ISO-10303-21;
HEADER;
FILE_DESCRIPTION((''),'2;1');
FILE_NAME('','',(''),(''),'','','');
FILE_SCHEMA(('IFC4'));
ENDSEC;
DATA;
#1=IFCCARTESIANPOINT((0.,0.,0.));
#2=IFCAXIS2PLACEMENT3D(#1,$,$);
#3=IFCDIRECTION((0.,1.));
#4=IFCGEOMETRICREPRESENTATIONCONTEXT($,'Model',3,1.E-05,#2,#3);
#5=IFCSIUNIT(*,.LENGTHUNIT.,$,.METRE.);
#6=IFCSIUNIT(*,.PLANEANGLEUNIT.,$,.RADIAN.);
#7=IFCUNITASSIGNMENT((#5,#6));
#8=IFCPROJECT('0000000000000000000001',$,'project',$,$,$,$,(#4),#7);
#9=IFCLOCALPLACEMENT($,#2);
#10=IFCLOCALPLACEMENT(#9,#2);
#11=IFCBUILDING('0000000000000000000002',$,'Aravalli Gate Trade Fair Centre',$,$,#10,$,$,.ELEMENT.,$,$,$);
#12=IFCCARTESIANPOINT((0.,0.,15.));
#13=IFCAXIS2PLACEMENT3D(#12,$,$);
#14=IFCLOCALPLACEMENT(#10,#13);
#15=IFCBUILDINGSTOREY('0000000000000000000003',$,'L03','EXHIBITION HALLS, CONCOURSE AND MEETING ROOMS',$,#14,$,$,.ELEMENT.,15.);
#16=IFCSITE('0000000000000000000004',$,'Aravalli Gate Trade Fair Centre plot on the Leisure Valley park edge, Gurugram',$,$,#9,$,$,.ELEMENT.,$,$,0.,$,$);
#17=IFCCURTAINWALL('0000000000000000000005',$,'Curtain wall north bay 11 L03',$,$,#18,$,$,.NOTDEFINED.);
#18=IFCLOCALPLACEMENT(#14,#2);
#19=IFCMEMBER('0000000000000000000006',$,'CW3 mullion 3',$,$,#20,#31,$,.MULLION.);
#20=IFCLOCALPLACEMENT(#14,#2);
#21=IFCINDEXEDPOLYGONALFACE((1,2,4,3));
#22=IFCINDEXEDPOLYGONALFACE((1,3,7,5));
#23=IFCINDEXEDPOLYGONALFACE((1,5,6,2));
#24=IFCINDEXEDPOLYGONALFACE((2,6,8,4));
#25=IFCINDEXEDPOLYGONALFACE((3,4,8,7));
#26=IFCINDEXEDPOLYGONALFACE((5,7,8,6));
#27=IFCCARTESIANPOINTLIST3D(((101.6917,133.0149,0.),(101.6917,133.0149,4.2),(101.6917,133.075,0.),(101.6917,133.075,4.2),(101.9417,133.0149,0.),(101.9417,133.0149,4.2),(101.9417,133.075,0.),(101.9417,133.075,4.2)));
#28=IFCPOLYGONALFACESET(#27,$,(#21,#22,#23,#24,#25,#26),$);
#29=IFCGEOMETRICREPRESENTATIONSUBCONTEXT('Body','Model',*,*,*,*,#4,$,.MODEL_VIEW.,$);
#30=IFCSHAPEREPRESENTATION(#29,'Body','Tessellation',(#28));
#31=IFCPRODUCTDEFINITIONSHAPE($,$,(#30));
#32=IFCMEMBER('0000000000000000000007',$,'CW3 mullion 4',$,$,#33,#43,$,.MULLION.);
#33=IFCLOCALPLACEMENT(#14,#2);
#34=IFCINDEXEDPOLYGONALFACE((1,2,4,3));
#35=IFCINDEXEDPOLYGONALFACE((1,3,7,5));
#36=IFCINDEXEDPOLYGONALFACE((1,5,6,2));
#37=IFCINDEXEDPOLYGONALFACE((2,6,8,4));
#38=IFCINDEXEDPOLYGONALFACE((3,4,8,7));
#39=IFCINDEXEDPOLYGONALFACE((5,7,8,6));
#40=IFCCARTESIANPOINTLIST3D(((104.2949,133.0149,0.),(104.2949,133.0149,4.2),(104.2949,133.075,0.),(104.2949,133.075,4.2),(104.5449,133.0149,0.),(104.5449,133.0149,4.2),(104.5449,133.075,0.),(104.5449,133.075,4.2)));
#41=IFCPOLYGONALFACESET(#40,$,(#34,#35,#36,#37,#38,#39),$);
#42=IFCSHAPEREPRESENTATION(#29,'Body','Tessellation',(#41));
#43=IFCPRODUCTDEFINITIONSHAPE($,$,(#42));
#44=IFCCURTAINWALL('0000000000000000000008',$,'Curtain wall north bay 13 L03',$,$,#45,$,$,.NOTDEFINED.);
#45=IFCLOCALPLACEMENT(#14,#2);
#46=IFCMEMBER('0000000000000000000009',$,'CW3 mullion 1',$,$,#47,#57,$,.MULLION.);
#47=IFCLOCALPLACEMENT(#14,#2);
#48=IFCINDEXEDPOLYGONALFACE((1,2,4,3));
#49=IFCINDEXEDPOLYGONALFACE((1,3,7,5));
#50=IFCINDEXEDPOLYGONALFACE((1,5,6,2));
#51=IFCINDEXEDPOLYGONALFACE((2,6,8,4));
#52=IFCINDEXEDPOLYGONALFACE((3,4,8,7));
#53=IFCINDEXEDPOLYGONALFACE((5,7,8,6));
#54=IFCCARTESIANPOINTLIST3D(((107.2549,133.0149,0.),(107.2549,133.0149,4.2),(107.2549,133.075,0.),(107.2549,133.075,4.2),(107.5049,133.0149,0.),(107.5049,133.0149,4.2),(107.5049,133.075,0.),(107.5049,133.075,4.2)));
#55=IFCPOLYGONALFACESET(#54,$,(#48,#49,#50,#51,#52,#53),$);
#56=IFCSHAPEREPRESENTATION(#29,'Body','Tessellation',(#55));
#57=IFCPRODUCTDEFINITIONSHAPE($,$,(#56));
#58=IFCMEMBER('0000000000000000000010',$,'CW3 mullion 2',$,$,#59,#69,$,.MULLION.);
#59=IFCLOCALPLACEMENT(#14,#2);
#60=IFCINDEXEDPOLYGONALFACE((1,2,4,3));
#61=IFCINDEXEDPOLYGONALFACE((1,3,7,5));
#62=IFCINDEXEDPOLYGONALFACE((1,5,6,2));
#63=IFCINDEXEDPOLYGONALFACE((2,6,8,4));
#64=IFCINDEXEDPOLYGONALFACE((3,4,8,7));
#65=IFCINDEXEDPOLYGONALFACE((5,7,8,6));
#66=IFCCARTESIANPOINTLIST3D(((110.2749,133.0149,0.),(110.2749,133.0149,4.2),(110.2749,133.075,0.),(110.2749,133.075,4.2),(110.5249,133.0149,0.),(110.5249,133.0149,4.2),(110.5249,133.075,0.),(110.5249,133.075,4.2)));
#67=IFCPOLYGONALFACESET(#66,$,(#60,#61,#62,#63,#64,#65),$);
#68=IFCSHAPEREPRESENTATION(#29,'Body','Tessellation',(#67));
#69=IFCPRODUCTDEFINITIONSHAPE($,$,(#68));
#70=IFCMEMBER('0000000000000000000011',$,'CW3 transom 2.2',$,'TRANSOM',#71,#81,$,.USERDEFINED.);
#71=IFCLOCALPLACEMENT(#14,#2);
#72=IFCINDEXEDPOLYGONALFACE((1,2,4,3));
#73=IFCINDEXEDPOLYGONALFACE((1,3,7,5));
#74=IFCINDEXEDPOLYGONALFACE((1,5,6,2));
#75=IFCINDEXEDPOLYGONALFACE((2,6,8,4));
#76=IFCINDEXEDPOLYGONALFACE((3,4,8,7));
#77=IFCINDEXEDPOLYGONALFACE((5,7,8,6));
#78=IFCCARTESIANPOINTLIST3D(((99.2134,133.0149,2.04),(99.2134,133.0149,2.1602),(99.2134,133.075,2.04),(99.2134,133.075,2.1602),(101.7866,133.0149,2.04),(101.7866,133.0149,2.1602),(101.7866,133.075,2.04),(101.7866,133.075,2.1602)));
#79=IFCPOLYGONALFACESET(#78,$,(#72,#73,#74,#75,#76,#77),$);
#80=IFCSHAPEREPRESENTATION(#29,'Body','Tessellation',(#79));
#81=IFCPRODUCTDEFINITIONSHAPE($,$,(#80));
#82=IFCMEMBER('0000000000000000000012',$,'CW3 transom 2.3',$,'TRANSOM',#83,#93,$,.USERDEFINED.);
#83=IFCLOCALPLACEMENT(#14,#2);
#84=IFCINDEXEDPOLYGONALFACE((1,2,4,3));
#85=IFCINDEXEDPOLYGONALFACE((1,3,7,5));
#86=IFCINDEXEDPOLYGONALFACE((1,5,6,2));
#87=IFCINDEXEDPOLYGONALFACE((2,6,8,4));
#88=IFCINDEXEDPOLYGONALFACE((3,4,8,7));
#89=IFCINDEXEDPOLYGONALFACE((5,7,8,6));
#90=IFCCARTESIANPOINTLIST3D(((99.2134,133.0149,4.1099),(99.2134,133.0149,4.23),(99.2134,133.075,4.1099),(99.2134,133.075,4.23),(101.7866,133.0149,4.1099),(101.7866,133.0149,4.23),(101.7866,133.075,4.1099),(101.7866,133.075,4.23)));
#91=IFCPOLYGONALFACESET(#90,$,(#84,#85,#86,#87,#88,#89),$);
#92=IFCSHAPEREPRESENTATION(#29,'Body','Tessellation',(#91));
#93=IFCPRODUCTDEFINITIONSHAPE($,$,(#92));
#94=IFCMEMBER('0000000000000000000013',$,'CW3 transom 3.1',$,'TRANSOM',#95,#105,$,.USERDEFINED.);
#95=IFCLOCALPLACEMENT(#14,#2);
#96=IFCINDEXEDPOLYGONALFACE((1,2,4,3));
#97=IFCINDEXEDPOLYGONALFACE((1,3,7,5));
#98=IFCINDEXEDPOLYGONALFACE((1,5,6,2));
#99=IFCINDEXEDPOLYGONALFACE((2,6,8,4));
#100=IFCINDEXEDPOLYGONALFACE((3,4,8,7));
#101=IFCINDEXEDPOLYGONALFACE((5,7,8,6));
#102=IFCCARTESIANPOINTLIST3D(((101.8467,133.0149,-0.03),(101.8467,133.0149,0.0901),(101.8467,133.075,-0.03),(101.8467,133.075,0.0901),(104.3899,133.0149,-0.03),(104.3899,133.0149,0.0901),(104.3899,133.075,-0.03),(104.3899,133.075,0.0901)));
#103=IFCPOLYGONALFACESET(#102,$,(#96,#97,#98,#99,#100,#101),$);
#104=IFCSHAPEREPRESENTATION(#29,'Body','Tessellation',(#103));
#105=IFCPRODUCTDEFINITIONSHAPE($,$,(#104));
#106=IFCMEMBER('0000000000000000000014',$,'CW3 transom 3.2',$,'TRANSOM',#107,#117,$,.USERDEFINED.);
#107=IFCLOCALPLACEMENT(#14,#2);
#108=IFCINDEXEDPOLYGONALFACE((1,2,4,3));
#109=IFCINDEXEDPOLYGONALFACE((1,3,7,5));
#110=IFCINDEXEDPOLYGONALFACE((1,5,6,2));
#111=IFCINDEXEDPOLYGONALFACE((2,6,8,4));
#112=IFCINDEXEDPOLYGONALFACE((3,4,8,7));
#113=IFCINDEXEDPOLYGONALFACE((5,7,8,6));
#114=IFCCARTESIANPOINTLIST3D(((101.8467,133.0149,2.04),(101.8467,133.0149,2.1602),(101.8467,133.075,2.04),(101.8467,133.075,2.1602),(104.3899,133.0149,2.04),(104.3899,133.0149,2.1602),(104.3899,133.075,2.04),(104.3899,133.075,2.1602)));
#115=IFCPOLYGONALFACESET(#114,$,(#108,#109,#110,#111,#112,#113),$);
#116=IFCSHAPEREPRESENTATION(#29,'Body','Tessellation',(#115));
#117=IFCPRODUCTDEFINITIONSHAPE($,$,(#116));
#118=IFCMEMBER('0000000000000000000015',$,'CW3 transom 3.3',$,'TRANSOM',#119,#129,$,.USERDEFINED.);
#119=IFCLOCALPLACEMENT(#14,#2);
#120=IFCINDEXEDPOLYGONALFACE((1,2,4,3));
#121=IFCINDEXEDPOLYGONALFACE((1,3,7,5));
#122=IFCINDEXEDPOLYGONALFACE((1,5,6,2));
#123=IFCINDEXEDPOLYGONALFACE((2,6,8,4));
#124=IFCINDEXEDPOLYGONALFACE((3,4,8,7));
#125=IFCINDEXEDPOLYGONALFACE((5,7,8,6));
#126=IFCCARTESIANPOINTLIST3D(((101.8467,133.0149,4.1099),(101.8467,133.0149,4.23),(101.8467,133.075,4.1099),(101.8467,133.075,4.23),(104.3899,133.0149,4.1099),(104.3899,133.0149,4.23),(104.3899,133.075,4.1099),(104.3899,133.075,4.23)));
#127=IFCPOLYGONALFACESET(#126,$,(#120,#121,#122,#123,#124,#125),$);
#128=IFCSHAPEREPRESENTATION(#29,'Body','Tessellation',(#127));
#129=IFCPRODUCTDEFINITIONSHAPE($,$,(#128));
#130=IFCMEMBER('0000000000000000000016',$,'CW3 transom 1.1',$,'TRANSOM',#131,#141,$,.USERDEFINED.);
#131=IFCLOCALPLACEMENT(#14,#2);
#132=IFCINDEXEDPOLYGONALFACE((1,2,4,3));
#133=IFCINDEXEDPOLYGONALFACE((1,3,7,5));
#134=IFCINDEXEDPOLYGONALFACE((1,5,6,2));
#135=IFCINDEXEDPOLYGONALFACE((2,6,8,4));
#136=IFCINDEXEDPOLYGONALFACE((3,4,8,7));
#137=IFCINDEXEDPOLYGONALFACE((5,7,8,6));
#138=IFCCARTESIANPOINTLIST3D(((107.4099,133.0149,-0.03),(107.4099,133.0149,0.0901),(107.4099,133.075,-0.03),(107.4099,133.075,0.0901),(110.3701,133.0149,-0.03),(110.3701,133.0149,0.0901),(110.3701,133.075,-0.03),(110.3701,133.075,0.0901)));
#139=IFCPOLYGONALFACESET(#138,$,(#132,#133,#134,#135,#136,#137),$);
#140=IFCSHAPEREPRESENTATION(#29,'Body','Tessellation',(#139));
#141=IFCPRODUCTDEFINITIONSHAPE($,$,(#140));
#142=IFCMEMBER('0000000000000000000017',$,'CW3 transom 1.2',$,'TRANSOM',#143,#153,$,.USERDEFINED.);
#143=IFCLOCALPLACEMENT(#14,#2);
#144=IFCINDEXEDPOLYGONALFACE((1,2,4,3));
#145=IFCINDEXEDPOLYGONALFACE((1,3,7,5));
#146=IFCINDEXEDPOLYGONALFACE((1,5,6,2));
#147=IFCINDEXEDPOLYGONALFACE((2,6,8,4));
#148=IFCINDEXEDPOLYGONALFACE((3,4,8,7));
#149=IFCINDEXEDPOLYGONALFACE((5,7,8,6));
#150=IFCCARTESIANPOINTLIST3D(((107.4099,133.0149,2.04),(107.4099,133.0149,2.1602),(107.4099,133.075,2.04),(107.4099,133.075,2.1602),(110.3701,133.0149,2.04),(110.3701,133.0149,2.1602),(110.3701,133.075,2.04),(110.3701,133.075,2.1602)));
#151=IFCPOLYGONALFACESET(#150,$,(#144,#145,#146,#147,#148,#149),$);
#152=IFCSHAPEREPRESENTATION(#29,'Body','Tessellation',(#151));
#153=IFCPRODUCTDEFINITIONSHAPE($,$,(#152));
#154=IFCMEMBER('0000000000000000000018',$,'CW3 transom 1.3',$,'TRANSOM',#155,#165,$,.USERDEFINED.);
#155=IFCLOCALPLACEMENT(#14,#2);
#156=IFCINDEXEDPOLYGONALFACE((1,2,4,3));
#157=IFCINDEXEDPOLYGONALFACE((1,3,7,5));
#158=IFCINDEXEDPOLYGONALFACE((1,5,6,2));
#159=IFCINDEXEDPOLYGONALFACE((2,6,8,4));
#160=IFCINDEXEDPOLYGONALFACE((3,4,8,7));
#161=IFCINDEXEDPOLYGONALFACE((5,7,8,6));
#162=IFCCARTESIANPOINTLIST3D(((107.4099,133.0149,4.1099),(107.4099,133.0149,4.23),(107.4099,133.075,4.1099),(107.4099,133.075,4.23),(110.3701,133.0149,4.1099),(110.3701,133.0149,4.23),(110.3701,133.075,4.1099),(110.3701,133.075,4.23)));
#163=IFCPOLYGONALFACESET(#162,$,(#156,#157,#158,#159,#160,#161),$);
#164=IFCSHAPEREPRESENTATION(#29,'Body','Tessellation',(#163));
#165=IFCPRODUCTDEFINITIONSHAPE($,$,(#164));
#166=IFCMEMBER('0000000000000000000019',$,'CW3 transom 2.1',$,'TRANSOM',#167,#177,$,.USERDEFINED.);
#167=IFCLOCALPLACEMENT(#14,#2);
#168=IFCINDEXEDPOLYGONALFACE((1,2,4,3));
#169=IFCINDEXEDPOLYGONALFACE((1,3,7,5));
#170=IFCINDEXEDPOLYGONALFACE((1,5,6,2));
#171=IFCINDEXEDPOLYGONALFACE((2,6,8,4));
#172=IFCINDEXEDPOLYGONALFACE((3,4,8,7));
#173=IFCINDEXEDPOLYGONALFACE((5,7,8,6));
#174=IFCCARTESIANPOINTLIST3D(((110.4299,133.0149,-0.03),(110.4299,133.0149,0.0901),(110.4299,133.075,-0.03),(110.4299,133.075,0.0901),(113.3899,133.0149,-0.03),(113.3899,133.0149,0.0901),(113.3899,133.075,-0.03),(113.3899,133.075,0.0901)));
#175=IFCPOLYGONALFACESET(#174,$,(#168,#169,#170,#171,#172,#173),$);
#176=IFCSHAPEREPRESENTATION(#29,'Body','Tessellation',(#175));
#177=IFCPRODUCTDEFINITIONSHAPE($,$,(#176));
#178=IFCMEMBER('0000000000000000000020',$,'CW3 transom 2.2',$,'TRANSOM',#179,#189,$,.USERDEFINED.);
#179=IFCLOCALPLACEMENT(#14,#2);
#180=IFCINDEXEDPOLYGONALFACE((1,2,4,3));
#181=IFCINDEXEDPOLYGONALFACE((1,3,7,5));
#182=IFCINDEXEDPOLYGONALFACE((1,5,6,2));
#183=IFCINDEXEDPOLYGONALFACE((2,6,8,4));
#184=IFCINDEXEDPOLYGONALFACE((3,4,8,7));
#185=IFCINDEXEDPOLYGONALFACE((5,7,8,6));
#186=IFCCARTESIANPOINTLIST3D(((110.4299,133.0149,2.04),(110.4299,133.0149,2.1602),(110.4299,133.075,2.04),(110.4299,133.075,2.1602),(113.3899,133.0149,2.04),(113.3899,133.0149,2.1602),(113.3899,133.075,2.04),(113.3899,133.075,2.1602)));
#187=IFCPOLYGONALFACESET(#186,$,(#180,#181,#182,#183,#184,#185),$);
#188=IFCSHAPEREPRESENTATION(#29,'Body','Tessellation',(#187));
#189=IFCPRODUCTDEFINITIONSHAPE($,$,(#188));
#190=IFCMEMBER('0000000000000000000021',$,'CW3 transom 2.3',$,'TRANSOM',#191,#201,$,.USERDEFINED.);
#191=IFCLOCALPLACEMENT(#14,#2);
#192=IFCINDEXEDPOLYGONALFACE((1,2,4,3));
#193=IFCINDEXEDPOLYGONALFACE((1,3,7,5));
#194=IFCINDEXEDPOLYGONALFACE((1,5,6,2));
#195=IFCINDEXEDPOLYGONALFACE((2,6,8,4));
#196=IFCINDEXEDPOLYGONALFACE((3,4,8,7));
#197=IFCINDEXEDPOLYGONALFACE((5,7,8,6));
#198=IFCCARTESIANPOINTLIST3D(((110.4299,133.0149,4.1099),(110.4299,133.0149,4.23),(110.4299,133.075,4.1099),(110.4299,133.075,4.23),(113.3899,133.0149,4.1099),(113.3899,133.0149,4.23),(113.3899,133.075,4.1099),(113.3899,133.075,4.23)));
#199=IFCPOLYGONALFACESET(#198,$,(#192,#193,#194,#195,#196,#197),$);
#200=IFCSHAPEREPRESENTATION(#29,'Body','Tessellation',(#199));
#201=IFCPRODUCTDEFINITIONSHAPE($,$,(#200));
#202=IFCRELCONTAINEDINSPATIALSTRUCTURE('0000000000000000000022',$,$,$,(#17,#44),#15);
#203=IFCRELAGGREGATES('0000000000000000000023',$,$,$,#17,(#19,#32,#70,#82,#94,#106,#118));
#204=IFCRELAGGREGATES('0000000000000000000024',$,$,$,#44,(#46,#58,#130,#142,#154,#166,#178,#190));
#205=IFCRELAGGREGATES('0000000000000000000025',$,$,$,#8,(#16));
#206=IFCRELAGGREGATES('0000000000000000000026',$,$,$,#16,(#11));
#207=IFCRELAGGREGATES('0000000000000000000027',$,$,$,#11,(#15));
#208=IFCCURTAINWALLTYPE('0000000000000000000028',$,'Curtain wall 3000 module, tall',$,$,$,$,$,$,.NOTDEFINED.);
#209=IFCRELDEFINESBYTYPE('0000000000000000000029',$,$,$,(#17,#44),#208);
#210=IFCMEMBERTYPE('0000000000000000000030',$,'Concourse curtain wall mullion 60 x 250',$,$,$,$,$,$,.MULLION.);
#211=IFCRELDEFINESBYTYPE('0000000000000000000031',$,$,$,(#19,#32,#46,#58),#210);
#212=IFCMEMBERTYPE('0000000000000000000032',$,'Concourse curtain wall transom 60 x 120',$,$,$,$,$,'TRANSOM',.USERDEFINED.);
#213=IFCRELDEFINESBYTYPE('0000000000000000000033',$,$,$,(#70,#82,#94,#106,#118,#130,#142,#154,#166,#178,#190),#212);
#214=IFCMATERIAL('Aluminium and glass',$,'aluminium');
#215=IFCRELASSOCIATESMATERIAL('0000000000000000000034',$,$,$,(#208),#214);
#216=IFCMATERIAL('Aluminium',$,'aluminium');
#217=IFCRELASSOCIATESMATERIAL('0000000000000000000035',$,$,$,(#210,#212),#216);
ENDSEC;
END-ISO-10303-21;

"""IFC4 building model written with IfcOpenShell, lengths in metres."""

from ifc_helpers import new_model, si_unit, direction, frame, origin, origin_2d, place, context, subcontext, project, spatial, rectangle, extrude, material, material_profile, profile_set, type_object, element, aggregate, save


model = new_model("IFC4")

# Units and contexts
model_context = context("Model", 3, precision=1e-05, world=origin(), true_north=direction((0.0, 1.0)))
body_context = subcontext(model_context, "Body", "Model", "MODEL_VIEW")
ifc_project = project(units=[si_unit("LENGTHUNIT", "METRE"), si_unit("PLANEANGLEUNIT", "RADIAN")], contexts=[model_context])

# Site, building, storey
site_placement = place(None, origin())
site = spatial("IfcSite", under=ifc_project, at=site_placement, Name="Aravalli Gate Trade Fair Centre plot on the Leisure Valley park edge, Gurugram", CompositionType="ELEMENT", RefElevation=0.0)
building_placement = place(site_placement, origin())
building = spatial("IfcBuilding", under=site, at=building_placement, Name="Aravalli Gate Trade Fair Centre", CompositionType="ELEMENT")
storey_placement = place(building_placement, frame((0.0, 0.0, 15.0)))
storey = spatial("IfcBuildingStorey", under=building, at=storey_placement, Name="L03", Description="EXHIBITION HALLS, CONCOURSE AND MEETING ROOMS", CompositionType="ELEMENT", Elevation=15.0)

# Curtain walls, members
ifc_material_1 = material(Name="Aluminium and glass", Category="aluminium")
curtain_wall_type = type_object("IfcCurtainWallType", Name="Curtain wall 3000 module, tall", PredefinedType="NOTDEFINED", material=ifc_material_1)
curtain_wall_1_placement = place(storey_placement, origin())
curtain_wall_1 = element("IfcCurtainWall", 1, at=curtain_wall_1_placement, inside=storey, type_object=curtain_wall_type, Name="Curtain wall north bay 11 L03", PredefinedType="NOTDEFINED")
ifc_material_2 = material(Name="Aluminium", Category="aluminium")
ifc_material_profile_1 = material_profile(ifc_material_2, rectangle(XDim=0.0601, YDim=0.25, at=origin_2d()), Name="Concourse curtain wall mullion 60 x 250")
ifc_profile_set_1 = profile_set([ifc_material_profile_1], Name="Aluminium")
member_type_1 = type_object("IfcMemberType", Name="Concourse curtain wall mullion 60 x 250", PredefinedType="MULLION", material=ifc_profile_set_1)
member_1_placement = place(storey_placement, frame((101.8167, 133.0449, 0.0), z_axis=(0.0, 0.0, 1.0), x_axis=(0.0, 1.0, 0.0)))
member_1 = element("IfcMember", 2, at=member_1_placement, type_object=member_type_1, Name="CW3 mullion 3", PredefinedType="MULLION", context=body_context, shape_type="SweptSolid", body=[
    extrude(rectangle(XDim=0.0601, YDim=0.25, at=origin_2d()), origin(), (0.0, 0.0, 1.0), 4.2),
])
member_2_placement = place(storey_placement, frame((104.4199, 133.0449, 0.0), z_axis=(0.0, 0.0, 1.0), x_axis=(0.0, 1.0, 0.0)))
member_2 = element("IfcMember", 3, at=member_2_placement, type_object=member_type_1, Name="CW3 mullion 4", PredefinedType="MULLION", context=body_context, shape_type="SweptSolid", body=[
    extrude(rectangle(XDim=0.0601, YDim=0.25, at=origin_2d()), origin(), (0.0, 0.0, 1.0), 4.2),
])
curtain_wall_2_placement = place(storey_placement, origin())
curtain_wall_2 = element("IfcCurtainWall", 4, at=curtain_wall_2_placement, inside=storey, type_object=curtain_wall_type, Name="Curtain wall north bay 13 L03", PredefinedType="NOTDEFINED")
member_3_placement = place(storey_placement, frame((107.3799, 133.0449, 0.0), z_axis=(0.0, 0.0, 1.0), x_axis=(0.0, 1.0, 0.0)))
member_3 = element("IfcMember", 5, at=member_3_placement, type_object=member_type_1, Name="CW3 mullion 1", PredefinedType="MULLION", context=body_context, shape_type="SweptSolid", body=[
    extrude(rectangle(XDim=0.0601, YDim=0.25, at=origin_2d()), origin(), (0.0, 0.0, 1.0), 4.2),
])
member_4_placement = place(storey_placement, frame((110.3999, 133.0449, 0.0), z_axis=(0.0, 0.0, 1.0), x_axis=(0.0, 1.0, 0.0)))
member_4 = element("IfcMember", 6, at=member_4_placement, type_object=member_type_1, Name="CW3 mullion 2", PredefinedType="MULLION", context=body_context, shape_type="SweptSolid", body=[
    extrude(rectangle(XDim=0.0601, YDim=0.25, at=origin_2d()), origin(), (0.0, 0.0, 1.0), 4.2),
])

# Members
ifc_material_profile_2 = material_profile(ifc_material_2, rectangle(XDim=0.0601, YDim=0.1201, at=origin_2d()), Name="Concourse curtain wall transom 60 x 120")
ifc_profile_set_2 = profile_set([ifc_material_profile_2], Name="Aluminium")
member_type_2 = type_object("IfcMemberType", Name="Concourse curtain wall transom 60 x 120", ElementType="TRANSOM", PredefinedType="USERDEFINED", material=ifc_profile_set_2)
member_5_placement = place(storey_placement, frame((99.2134, 133.0449, 2.1001), z_axis=(1.0, 0.0, 0.0), x_axis=(0.0, 1.0, 0.0)))
member_5 = element("IfcMember", 7, at=member_5_placement, type_object=member_type_2, Name="CW3 transom 2.2", ObjectType="TRANSOM", PredefinedType="USERDEFINED", context=body_context, shape_type="SweptSolid", body=[
    extrude(rectangle(XDim=0.0601, YDim=0.1201, at=origin_2d()), origin(), (0.0, 0.0, 1.0), 2.5732),
])
member_6_placement = place(storey_placement, frame((99.2134, 133.0449, 4.1699), z_axis=(1.0, 0.0, 0.0), x_axis=(0.0, 1.0, 0.0)))
member_6 = element("IfcMember", 8, at=member_6_placement, type_object=member_type_2, Name="CW3 transom 2.3", ObjectType="TRANSOM", PredefinedType="USERDEFINED", context=body_context, shape_type="SweptSolid", body=[
    extrude(rectangle(XDim=0.0601, YDim=0.1201, at=origin_2d()), origin(), (0.0, 0.0, 1.0), 2.5732),
])
member_7_placement = place(storey_placement, frame((101.8467, 133.0449, 0.03), z_axis=(1.0, 0.0, 0.0), x_axis=(0.0, 1.0, 0.0)))
member_7 = element("IfcMember", 9, at=member_7_placement, type_object=member_type_2, Name="CW3 transom 3.1", ObjectType="TRANSOM", PredefinedType="USERDEFINED", context=body_context, shape_type="SweptSolid", body=[
    extrude(rectangle(XDim=0.0601, YDim=0.1201, at=origin_2d()), origin(), (0.0, 0.0, 1.0), 2.5432),
])
member_8_placement = place(storey_placement, frame((101.8467, 133.0449, 2.1001), z_axis=(1.0, 0.0, 0.0), x_axis=(0.0, 1.0, 0.0)))
member_8 = element("IfcMember", 10, at=member_8_placement, type_object=member_type_2, Name="CW3 transom 3.2", ObjectType="TRANSOM", PredefinedType="USERDEFINED", context=body_context, shape_type="SweptSolid", body=[
    extrude(rectangle(XDim=0.0601, YDim=0.1201, at=origin_2d()), origin(), (0.0, 0.0, 1.0), 2.5432),
])
member_9_placement = place(storey_placement, frame((101.8467, 133.0449, 4.1699), z_axis=(1.0, 0.0, 0.0), x_axis=(0.0, 1.0, 0.0)))
member_9 = element("IfcMember", 11, at=member_9_placement, type_object=member_type_2, Name="CW3 transom 3.3", ObjectType="TRANSOM", PredefinedType="USERDEFINED", context=body_context, shape_type="SweptSolid", body=[
    extrude(rectangle(XDim=0.0601, YDim=0.1201, at=origin_2d()), origin(), (0.0, 0.0, 1.0), 2.5432),
])
member_10_placement = place(storey_placement, frame((107.4099, 133.0449, 0.03), z_axis=(1.0, 0.0, 0.0), x_axis=(0.0, 1.0, 0.0)))
member_10 = element("IfcMember", 12, at=member_10_placement, type_object=member_type_2, Name="CW3 transom 1.1", ObjectType="TRANSOM", PredefinedType="USERDEFINED", context=body_context, shape_type="SweptSolid", body=[
    extrude(rectangle(XDim=0.0601, YDim=0.1201, at=origin_2d()), origin(), (0.0, 0.0, 1.0), 2.9602),
])
member_11_placement = place(storey_placement, frame((107.4099, 133.0449, 2.1001), z_axis=(1.0, 0.0, 0.0), x_axis=(0.0, 1.0, 0.0)))
member_11 = element("IfcMember", 13, at=member_11_placement, type_object=member_type_2, Name="CW3 transom 1.2", ObjectType="TRANSOM", PredefinedType="USERDEFINED", context=body_context, shape_type="SweptSolid", body=[
    extrude(rectangle(XDim=0.0601, YDim=0.1201, at=origin_2d()), origin(), (0.0, 0.0, 1.0), 2.9602),
])
member_12_placement = place(storey_placement, frame((107.4099, 133.0449, 4.1699), z_axis=(1.0, 0.0, 0.0), x_axis=(0.0, 1.0, 0.0)))
member_12 = element("IfcMember", 14, at=member_12_placement, type_object=member_type_2, Name="CW3 transom 1.3", ObjectType="TRANSOM", PredefinedType="USERDEFINED", context=body_context, shape_type="SweptSolid", body=[
    extrude(rectangle(XDim=0.0601, YDim=0.1201, at=origin_2d()), origin(), (0.0, 0.0, 1.0), 2.9602),
])
member_13_placement = place(storey_placement, frame((110.4299, 133.0449, 0.03), z_axis=(1.0, 0.0, 0.0), x_axis=(0.0, 1.0, 0.0)))
member_13 = element("IfcMember", 15, at=member_13_placement, type_object=member_type_2, Name="CW3 transom 2.1", ObjectType="TRANSOM", PredefinedType="USERDEFINED", context=body_context, shape_type="SweptSolid", body=[
    extrude(rectangle(XDim=0.0601, YDim=0.1201, at=origin_2d()), origin(), (0.0, 0.0, 1.0), 2.96),
])
member_14_placement = place(storey_placement, frame((110.4299, 133.0449, 2.1001), z_axis=(1.0, 0.0, 0.0), x_axis=(0.0, 1.0, 0.0)))
member_14 = element("IfcMember", 16, at=member_14_placement, type_object=member_type_2, Name="CW3 transom 2.2", ObjectType="TRANSOM", PredefinedType="USERDEFINED", context=body_context, shape_type="SweptSolid", body=[
    extrude(rectangle(XDim=0.0601, YDim=0.1201, at=origin_2d()), origin(), (0.0, 0.0, 1.0), 2.96),
])
member_15_placement = place(storey_placement, frame((110.4299, 133.0449, 4.1699), z_axis=(1.0, 0.0, 0.0), x_axis=(0.0, 1.0, 0.0)))
member_15 = element("IfcMember", 17, at=member_15_placement, type_object=member_type_2, Name="CW3 transom 2.3", ObjectType="TRANSOM", PredefinedType="USERDEFINED", context=body_context, shape_type="SweptSolid", body=[
    extrude(rectangle(XDim=0.0601, YDim=0.1201, at=origin_2d()), origin(), (0.0, 0.0, 1.0), 2.96),
])

aggregate(curtain_wall_1, [member_1, member_2, member_5, member_6, member_7, member_8, member_9])
aggregate(curtain_wall_2, [member_3, member_4, member_10, member_11, member_12, member_13, member_14, member_15])

save(model, "model.ifc")
